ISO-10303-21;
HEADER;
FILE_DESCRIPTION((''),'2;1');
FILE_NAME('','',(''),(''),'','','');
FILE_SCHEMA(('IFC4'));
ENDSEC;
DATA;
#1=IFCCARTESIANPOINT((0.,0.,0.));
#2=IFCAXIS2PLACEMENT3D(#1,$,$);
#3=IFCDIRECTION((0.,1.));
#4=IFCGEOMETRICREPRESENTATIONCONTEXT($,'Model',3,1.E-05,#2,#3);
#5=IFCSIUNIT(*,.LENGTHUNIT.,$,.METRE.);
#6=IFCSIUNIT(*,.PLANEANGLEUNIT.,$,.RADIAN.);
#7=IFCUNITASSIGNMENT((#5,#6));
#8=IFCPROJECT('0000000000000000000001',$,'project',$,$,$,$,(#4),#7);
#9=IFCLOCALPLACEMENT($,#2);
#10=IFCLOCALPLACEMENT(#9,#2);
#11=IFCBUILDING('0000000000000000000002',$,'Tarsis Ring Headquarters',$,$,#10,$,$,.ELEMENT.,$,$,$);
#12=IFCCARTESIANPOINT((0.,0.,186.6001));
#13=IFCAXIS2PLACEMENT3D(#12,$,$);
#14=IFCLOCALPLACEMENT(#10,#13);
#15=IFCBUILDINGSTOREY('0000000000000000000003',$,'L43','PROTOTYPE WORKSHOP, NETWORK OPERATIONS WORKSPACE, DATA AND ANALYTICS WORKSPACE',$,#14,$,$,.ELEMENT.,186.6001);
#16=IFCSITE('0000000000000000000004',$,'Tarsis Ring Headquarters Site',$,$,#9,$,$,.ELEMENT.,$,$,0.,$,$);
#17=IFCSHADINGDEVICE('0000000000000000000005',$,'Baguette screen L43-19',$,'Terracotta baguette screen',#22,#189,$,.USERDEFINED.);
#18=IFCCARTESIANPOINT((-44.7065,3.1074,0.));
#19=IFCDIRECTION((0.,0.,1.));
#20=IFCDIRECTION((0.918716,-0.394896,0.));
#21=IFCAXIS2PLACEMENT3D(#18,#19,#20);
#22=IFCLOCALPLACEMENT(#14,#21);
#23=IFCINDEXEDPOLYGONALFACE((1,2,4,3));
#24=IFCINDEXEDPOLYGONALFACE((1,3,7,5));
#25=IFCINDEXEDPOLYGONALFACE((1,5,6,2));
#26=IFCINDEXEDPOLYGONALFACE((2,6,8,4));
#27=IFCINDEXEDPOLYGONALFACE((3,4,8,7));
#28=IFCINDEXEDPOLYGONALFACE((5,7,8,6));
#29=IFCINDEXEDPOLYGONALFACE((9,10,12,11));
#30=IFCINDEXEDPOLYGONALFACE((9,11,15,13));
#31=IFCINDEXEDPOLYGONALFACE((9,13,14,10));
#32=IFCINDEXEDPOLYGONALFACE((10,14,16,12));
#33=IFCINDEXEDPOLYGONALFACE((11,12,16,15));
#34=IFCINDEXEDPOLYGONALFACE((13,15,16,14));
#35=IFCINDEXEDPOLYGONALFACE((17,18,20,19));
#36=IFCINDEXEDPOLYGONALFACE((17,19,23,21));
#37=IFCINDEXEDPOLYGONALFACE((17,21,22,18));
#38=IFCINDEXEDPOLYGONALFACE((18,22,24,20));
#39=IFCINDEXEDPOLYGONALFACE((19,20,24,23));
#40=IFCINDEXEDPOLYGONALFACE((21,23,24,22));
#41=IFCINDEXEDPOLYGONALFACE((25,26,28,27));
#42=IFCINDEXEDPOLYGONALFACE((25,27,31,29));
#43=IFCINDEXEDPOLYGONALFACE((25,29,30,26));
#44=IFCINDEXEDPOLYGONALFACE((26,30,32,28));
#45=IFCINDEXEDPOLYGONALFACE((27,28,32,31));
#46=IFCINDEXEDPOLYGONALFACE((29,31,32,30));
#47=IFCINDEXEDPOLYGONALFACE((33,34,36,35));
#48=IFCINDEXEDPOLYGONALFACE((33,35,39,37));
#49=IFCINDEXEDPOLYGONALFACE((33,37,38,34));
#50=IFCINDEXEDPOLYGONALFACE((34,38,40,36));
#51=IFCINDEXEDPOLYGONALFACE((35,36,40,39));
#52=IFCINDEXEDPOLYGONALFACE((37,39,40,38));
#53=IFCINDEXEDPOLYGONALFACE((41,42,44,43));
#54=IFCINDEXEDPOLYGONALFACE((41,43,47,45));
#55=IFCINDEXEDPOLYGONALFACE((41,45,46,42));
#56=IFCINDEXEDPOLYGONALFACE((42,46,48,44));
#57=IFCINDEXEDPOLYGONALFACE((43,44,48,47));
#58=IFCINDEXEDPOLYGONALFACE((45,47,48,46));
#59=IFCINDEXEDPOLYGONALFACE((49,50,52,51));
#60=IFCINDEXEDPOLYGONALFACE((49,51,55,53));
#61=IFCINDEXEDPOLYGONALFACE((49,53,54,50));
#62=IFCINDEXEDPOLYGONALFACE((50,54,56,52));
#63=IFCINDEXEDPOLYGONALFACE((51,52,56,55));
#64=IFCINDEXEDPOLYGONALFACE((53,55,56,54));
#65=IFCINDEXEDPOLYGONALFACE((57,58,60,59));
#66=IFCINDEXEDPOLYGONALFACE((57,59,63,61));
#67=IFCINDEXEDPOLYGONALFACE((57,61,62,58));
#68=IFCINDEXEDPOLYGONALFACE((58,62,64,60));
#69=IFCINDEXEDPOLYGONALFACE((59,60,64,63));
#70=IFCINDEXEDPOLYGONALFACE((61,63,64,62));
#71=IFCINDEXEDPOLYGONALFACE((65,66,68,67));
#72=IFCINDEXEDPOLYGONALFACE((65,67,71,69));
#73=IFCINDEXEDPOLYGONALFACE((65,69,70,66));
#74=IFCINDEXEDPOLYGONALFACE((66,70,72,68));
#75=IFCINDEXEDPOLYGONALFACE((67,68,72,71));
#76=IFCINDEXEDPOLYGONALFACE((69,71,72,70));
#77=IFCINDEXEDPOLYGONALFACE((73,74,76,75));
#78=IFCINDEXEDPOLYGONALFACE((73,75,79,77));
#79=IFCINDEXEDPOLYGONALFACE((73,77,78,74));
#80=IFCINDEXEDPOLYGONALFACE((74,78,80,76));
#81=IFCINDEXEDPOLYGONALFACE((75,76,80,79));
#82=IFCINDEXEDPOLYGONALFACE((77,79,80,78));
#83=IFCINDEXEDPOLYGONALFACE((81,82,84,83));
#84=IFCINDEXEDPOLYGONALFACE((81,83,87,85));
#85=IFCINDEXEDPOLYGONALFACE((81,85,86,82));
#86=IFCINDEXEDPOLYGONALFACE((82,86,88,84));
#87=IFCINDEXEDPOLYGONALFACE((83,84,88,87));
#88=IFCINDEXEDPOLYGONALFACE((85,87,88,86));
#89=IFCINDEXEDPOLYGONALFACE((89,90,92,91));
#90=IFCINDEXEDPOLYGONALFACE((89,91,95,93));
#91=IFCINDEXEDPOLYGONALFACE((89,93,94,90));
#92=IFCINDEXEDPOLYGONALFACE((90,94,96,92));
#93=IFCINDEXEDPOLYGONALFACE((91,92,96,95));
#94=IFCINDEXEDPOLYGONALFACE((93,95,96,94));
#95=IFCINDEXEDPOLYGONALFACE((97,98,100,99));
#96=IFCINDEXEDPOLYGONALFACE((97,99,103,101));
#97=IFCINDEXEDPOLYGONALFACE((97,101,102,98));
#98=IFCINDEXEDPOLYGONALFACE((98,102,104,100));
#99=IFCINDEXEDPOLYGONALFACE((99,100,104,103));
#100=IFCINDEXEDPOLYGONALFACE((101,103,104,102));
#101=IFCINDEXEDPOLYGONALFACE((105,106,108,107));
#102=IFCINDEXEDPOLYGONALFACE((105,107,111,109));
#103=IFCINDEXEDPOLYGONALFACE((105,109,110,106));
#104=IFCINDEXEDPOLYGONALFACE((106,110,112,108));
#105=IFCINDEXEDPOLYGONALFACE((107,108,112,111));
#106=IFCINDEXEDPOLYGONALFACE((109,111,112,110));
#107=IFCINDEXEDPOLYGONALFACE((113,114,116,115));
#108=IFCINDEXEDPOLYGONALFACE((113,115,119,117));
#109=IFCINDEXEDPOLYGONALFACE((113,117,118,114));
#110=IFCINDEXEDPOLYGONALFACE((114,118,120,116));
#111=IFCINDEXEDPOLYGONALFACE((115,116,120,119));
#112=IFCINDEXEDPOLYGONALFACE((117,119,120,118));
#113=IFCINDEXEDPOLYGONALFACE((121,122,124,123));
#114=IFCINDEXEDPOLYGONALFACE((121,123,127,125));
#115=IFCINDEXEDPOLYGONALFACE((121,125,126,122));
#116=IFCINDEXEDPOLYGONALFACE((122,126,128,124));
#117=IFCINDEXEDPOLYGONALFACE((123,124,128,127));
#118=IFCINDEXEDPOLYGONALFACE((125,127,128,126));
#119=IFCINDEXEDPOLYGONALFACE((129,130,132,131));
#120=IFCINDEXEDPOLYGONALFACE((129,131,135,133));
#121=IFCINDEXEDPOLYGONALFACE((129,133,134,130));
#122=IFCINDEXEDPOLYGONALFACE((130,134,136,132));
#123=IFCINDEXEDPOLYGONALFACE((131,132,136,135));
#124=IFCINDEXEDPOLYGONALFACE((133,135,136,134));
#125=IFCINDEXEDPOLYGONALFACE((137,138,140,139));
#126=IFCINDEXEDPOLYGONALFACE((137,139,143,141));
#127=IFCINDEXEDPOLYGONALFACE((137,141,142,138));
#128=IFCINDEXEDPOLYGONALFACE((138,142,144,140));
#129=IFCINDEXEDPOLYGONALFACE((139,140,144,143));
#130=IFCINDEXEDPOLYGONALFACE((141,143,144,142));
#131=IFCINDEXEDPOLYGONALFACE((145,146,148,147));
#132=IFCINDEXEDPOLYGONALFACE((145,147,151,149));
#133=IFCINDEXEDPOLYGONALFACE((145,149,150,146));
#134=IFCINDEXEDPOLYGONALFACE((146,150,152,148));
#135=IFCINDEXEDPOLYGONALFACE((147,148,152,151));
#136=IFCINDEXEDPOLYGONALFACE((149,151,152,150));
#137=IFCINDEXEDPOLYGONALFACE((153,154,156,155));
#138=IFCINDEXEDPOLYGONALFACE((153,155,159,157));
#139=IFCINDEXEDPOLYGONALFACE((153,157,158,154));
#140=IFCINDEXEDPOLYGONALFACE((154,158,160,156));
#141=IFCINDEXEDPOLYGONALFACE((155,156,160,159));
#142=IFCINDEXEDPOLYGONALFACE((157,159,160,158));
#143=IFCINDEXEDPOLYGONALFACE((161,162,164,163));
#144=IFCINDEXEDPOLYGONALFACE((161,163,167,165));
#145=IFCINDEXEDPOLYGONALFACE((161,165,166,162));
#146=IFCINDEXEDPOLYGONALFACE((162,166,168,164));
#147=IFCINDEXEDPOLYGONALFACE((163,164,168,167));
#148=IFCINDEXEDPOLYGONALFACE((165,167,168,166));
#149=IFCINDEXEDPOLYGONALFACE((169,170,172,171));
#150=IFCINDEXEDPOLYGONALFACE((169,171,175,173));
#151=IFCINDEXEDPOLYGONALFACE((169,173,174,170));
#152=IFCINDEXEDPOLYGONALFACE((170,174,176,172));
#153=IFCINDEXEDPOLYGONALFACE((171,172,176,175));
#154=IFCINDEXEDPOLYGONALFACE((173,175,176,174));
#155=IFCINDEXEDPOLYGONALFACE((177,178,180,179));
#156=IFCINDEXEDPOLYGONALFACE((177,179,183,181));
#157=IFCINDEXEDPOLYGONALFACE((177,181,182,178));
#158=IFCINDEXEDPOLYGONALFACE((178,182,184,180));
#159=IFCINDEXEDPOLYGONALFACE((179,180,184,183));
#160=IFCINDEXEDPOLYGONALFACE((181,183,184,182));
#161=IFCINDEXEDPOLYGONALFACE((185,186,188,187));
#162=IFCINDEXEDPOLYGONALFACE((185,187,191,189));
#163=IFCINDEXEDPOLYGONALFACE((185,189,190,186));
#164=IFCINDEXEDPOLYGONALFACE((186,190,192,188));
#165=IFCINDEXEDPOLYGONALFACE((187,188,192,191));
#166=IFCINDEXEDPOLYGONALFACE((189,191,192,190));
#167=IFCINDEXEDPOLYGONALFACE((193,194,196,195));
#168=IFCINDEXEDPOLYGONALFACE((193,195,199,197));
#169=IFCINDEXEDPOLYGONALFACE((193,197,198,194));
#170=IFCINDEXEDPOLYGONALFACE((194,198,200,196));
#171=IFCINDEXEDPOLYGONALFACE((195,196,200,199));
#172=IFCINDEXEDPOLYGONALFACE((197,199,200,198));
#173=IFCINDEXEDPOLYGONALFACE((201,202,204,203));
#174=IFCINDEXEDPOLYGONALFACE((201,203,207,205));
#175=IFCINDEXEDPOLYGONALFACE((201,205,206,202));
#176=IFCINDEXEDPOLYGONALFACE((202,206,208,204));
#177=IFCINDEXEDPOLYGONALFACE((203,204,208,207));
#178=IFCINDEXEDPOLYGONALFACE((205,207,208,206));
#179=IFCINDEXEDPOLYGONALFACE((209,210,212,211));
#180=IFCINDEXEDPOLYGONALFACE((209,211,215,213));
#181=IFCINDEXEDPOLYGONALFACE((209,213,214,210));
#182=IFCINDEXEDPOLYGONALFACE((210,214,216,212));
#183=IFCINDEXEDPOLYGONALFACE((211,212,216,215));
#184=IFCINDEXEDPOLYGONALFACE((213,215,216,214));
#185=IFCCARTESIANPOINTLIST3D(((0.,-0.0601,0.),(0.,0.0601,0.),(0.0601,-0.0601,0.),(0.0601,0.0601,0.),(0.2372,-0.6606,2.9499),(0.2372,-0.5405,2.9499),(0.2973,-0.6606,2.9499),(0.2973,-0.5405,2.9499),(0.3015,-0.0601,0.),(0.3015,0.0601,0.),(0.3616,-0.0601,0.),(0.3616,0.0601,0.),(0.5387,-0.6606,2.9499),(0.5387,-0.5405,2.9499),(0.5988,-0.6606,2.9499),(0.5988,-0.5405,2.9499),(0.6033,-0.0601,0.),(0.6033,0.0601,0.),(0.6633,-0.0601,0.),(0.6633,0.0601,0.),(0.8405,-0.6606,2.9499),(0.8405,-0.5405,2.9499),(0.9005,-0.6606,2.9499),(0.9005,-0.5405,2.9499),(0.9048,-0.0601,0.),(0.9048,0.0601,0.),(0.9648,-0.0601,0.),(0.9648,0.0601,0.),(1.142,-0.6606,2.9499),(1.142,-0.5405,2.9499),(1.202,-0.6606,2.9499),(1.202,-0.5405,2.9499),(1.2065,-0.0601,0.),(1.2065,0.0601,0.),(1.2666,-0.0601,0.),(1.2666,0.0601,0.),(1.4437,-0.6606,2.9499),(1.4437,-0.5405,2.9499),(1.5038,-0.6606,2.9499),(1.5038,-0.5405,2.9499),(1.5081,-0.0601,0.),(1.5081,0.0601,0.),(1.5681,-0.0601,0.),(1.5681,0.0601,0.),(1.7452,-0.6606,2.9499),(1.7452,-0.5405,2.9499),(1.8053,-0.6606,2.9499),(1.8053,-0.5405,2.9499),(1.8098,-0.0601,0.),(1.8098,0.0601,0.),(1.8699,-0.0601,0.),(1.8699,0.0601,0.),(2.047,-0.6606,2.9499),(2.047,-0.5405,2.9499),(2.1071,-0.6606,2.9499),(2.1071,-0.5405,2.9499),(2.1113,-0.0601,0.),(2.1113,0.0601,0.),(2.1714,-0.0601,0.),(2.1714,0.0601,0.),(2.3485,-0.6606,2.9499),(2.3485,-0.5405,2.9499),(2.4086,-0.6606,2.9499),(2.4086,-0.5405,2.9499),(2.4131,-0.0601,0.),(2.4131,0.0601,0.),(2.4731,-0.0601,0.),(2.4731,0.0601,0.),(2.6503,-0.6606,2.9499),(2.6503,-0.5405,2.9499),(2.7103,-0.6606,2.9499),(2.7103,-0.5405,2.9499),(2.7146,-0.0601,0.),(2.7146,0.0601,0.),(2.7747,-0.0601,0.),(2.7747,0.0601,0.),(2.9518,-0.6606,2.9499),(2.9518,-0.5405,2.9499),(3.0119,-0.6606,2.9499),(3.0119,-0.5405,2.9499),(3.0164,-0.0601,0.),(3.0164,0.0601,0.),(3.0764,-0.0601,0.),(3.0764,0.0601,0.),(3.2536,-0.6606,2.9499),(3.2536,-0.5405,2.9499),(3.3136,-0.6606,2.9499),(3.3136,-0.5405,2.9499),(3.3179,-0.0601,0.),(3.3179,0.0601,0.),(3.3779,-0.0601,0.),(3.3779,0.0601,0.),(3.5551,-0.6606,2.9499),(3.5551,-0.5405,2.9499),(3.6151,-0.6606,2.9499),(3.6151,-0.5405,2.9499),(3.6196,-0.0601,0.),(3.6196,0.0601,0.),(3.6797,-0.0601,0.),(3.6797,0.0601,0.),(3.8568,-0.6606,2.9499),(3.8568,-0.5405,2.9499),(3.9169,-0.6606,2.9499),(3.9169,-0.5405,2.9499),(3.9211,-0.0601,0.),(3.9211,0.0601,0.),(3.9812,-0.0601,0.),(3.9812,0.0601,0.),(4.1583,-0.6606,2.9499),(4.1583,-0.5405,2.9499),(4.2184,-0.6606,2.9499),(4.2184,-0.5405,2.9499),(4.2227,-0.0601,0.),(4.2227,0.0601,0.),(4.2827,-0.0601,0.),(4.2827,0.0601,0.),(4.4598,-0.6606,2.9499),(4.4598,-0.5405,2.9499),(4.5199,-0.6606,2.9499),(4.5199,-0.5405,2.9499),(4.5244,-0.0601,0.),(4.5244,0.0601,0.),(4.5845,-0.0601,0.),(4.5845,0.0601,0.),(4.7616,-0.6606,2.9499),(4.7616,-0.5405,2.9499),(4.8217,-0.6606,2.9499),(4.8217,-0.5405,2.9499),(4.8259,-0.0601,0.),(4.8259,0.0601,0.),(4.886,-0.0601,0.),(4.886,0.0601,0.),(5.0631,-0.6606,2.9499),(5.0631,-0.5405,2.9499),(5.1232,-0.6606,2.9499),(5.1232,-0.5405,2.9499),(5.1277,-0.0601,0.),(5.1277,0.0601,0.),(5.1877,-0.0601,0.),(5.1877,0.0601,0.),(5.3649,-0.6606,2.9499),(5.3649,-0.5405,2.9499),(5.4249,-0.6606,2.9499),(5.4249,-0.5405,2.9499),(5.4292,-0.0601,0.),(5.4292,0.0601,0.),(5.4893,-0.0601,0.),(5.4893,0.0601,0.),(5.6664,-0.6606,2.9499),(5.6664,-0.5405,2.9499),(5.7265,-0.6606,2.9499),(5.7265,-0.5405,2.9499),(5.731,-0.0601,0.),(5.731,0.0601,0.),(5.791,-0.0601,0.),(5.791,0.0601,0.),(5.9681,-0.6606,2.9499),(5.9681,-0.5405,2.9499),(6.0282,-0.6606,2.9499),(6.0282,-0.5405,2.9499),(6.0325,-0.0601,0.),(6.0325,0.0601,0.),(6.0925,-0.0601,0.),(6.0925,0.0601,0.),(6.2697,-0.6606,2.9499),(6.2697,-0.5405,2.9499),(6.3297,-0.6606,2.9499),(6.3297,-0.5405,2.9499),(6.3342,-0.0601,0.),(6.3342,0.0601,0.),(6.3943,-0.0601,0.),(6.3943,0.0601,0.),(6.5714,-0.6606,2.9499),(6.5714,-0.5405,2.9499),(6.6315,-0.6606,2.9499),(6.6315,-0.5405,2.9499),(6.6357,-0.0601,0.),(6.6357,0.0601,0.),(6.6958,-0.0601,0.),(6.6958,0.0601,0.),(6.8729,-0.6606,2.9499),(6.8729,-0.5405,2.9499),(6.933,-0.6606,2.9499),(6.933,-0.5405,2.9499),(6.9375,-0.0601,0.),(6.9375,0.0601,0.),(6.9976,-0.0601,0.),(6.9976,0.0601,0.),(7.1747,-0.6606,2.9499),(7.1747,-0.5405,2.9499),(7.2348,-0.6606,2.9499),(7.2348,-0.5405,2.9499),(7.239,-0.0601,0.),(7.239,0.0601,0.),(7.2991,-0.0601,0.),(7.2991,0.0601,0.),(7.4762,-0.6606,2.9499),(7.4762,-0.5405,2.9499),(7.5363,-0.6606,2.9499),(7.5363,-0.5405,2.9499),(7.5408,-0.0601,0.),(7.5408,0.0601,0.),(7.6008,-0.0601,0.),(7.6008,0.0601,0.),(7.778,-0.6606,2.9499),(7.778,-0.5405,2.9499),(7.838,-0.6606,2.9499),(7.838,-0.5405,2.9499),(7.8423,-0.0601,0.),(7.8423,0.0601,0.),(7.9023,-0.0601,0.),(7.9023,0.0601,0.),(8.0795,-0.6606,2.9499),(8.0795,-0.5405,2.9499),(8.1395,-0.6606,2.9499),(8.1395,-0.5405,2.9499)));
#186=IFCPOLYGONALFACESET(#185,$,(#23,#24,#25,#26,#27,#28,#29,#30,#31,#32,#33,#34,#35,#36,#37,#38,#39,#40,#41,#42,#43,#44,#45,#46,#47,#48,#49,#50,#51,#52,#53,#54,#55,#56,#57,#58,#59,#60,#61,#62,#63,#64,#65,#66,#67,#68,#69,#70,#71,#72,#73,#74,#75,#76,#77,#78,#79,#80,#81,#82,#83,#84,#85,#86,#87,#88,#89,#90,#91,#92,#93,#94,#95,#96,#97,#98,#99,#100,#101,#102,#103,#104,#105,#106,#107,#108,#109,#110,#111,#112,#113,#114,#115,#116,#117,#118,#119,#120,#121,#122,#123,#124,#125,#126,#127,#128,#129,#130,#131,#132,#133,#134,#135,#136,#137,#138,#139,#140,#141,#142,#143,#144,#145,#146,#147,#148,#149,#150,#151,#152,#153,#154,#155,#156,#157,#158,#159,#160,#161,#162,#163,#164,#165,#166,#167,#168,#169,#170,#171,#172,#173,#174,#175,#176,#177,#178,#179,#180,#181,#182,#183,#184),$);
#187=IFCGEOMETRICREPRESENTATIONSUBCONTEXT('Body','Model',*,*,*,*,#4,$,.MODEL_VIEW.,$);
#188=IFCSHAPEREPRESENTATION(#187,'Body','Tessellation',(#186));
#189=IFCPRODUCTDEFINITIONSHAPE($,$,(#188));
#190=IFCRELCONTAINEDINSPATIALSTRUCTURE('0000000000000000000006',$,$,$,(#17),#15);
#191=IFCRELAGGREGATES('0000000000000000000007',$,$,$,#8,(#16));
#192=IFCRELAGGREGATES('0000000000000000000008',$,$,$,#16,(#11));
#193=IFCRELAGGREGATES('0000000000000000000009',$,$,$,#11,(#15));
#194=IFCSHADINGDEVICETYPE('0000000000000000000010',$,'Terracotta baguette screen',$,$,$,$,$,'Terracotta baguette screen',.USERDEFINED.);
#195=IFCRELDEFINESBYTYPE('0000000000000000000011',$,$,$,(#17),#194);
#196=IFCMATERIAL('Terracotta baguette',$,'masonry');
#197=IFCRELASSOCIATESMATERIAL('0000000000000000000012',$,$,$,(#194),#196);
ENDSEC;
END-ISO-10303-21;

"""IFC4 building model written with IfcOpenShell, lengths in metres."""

from ifc_helpers import new_model, si_unit, direction, frame, frame_2d, origin, place, context, subcontext, project, spatial, rectangle, composite_profile, extrude, material, type_object, element, save


model = new_model("IFC4")

# Units and contexts
model_context = context("Model", 3, precision=1e-05, world=origin(), true_north=direction((0.0, 1.0)))
body_context = subcontext(model_context, "Body", "Model", "MODEL_VIEW")
ifc_project = project(units=[si_unit("LENGTHUNIT", "METRE"), si_unit("PLANEANGLEUNIT", "RADIAN")], contexts=[model_context])

# Site, building, storey
site_placement = place(None, origin())
site = spatial("IfcSite", under=ifc_project, at=site_placement, Name="Tarsis Ring Headquarters Site", CompositionType="ELEMENT", RefElevation=0.0)
building_placement = place(site_placement, origin())
building = spatial("IfcBuilding", under=site, at=building_placement, Name="Tarsis Ring Headquarters", CompositionType="ELEMENT")
storey_placement = place(building_placement, frame((0.0, 0.0, 186.6001)))
storey = spatial("IfcBuildingStorey", under=building, at=storey_placement, Name="L43", Description="PROTOTYPE WORKSHOP, NETWORK OPERATIONS WORKSPACE, DATA AND ANALYTICS WORKSPACE", CompositionType="ELEMENT", Elevation=186.6001)

# Shading device
ifc_material_1 = material(Name="Terracotta baguette", Category="masonry")
shading_device_type_1 = type_object("IfcShadingDeviceType", Name="Terracotta baguette screen", ElementType="Terracotta baguette screen", PredefinedType="USERDEFINED", material=ifc_material_1)
shading_device_1_placement = place(storey_placement, frame((-44.7065, 3.1074, 0.0), z_axis=(0.0, 0.0, 1.0), x_axis=(0.918716, -0.394896, 0.0)))
element("IfcShadingDevice", 1, at=shading_device_1_placement, inside=storey, type_object=shading_device_type_1, Name="Baguette screen L43-19", ObjectType="Terracotta baguette screen", PredefinedType="USERDEFINED", context=body_context, shape_type="SweptSolid", body=[
    extrude(composite_profile([rectangle(XDim=0.0601, YDim=0.1201, at=frame_2d((0.03, 0.0))), rectangle(XDim=0.0601, YDim=0.1201, at=frame_2d((0.3315, 0.0))), rectangle(XDim=0.0601, YDim=0.1201, at=frame_2d((0.6333, 0.0))), rectangle(XDim=0.0601, YDim=0.1201, at=frame_2d((0.9348, 0.0))), rectangle(XDim=0.0601, YDim=0.1201, at=frame_2d((1.2366, 0.0))), rectangle(XDim=0.0601, YDim=0.1201, at=frame_2d((1.5381, 0.0))), rectangle(XDim=0.0601, YDim=0.1201, at=frame_2d((1.8398, 0.0))), rectangle(XDim=0.0601, YDim=0.1201, at=frame_2d((2.1414, 0.0))), rectangle(XDim=0.0601, YDim=0.1201, at=frame_2d((2.4431, 0.0))), rectangle(XDim=0.0601, YDim=0.1201, at=frame_2d((2.7446, 0.0))), rectangle(XDim=0.0601, YDim=0.1201, at=frame_2d((3.0464, 0.0))), rectangle(XDim=0.0601, YDim=0.1201, at=frame_2d((3.3479, 0.0))), rectangle(XDim=0.0601, YDim=0.1201, at=frame_2d((3.6497, 0.0))), rectangle(XDim=0.0601, YDim=0.1201, at=frame_2d((3.9512, 0.0))), rectangle(XDim=0.0601, YDim=0.1201, at=frame_2d((4.2527, 0.0))), rectangle(XDim=0.0601, YDim=0.1201, at=frame_2d((4.5544, 0.0))), rectangle(XDim=0.0601, YDim=0.1201, at=frame_2d((4.856, 0.0))), rectangle(XDim=0.0601, YDim=0.1201, at=frame_2d((5.1577, 0.0))), rectangle(XDim=0.0601, YDim=0.1201, at=frame_2d((5.4592, 0.0))), rectangle(XDim=0.0601, YDim=0.1201, at=frame_2d((5.761, 0.0))), rectangle(XDim=0.0601, YDim=0.1201, at=frame_2d((6.0625, 0.0))), rectangle(XDim=0.0601, YDim=0.1201, at=frame_2d((6.3643, 0.0))), rectangle(XDim=0.0601, YDim=0.1201, at=frame_2d((6.6658, 0.0))), rectangle(XDim=0.0601, YDim=0.1201, at=frame_2d((6.9675, 0.0))), rectangle(XDim=0.0601, YDim=0.1201, at=frame_2d((7.269, 0.0))), rectangle(XDim=0.0601, YDim=0.1201, at=frame_2d((7.5708, 0.0))), rectangle(XDim=0.0601, YDim=0.1201, at=frame_2d((7.8723, 0.0)))]), origin(), (0.078546, -0.198864, 0.976874), 3.0198),
])

save(model, "model.ifc")
